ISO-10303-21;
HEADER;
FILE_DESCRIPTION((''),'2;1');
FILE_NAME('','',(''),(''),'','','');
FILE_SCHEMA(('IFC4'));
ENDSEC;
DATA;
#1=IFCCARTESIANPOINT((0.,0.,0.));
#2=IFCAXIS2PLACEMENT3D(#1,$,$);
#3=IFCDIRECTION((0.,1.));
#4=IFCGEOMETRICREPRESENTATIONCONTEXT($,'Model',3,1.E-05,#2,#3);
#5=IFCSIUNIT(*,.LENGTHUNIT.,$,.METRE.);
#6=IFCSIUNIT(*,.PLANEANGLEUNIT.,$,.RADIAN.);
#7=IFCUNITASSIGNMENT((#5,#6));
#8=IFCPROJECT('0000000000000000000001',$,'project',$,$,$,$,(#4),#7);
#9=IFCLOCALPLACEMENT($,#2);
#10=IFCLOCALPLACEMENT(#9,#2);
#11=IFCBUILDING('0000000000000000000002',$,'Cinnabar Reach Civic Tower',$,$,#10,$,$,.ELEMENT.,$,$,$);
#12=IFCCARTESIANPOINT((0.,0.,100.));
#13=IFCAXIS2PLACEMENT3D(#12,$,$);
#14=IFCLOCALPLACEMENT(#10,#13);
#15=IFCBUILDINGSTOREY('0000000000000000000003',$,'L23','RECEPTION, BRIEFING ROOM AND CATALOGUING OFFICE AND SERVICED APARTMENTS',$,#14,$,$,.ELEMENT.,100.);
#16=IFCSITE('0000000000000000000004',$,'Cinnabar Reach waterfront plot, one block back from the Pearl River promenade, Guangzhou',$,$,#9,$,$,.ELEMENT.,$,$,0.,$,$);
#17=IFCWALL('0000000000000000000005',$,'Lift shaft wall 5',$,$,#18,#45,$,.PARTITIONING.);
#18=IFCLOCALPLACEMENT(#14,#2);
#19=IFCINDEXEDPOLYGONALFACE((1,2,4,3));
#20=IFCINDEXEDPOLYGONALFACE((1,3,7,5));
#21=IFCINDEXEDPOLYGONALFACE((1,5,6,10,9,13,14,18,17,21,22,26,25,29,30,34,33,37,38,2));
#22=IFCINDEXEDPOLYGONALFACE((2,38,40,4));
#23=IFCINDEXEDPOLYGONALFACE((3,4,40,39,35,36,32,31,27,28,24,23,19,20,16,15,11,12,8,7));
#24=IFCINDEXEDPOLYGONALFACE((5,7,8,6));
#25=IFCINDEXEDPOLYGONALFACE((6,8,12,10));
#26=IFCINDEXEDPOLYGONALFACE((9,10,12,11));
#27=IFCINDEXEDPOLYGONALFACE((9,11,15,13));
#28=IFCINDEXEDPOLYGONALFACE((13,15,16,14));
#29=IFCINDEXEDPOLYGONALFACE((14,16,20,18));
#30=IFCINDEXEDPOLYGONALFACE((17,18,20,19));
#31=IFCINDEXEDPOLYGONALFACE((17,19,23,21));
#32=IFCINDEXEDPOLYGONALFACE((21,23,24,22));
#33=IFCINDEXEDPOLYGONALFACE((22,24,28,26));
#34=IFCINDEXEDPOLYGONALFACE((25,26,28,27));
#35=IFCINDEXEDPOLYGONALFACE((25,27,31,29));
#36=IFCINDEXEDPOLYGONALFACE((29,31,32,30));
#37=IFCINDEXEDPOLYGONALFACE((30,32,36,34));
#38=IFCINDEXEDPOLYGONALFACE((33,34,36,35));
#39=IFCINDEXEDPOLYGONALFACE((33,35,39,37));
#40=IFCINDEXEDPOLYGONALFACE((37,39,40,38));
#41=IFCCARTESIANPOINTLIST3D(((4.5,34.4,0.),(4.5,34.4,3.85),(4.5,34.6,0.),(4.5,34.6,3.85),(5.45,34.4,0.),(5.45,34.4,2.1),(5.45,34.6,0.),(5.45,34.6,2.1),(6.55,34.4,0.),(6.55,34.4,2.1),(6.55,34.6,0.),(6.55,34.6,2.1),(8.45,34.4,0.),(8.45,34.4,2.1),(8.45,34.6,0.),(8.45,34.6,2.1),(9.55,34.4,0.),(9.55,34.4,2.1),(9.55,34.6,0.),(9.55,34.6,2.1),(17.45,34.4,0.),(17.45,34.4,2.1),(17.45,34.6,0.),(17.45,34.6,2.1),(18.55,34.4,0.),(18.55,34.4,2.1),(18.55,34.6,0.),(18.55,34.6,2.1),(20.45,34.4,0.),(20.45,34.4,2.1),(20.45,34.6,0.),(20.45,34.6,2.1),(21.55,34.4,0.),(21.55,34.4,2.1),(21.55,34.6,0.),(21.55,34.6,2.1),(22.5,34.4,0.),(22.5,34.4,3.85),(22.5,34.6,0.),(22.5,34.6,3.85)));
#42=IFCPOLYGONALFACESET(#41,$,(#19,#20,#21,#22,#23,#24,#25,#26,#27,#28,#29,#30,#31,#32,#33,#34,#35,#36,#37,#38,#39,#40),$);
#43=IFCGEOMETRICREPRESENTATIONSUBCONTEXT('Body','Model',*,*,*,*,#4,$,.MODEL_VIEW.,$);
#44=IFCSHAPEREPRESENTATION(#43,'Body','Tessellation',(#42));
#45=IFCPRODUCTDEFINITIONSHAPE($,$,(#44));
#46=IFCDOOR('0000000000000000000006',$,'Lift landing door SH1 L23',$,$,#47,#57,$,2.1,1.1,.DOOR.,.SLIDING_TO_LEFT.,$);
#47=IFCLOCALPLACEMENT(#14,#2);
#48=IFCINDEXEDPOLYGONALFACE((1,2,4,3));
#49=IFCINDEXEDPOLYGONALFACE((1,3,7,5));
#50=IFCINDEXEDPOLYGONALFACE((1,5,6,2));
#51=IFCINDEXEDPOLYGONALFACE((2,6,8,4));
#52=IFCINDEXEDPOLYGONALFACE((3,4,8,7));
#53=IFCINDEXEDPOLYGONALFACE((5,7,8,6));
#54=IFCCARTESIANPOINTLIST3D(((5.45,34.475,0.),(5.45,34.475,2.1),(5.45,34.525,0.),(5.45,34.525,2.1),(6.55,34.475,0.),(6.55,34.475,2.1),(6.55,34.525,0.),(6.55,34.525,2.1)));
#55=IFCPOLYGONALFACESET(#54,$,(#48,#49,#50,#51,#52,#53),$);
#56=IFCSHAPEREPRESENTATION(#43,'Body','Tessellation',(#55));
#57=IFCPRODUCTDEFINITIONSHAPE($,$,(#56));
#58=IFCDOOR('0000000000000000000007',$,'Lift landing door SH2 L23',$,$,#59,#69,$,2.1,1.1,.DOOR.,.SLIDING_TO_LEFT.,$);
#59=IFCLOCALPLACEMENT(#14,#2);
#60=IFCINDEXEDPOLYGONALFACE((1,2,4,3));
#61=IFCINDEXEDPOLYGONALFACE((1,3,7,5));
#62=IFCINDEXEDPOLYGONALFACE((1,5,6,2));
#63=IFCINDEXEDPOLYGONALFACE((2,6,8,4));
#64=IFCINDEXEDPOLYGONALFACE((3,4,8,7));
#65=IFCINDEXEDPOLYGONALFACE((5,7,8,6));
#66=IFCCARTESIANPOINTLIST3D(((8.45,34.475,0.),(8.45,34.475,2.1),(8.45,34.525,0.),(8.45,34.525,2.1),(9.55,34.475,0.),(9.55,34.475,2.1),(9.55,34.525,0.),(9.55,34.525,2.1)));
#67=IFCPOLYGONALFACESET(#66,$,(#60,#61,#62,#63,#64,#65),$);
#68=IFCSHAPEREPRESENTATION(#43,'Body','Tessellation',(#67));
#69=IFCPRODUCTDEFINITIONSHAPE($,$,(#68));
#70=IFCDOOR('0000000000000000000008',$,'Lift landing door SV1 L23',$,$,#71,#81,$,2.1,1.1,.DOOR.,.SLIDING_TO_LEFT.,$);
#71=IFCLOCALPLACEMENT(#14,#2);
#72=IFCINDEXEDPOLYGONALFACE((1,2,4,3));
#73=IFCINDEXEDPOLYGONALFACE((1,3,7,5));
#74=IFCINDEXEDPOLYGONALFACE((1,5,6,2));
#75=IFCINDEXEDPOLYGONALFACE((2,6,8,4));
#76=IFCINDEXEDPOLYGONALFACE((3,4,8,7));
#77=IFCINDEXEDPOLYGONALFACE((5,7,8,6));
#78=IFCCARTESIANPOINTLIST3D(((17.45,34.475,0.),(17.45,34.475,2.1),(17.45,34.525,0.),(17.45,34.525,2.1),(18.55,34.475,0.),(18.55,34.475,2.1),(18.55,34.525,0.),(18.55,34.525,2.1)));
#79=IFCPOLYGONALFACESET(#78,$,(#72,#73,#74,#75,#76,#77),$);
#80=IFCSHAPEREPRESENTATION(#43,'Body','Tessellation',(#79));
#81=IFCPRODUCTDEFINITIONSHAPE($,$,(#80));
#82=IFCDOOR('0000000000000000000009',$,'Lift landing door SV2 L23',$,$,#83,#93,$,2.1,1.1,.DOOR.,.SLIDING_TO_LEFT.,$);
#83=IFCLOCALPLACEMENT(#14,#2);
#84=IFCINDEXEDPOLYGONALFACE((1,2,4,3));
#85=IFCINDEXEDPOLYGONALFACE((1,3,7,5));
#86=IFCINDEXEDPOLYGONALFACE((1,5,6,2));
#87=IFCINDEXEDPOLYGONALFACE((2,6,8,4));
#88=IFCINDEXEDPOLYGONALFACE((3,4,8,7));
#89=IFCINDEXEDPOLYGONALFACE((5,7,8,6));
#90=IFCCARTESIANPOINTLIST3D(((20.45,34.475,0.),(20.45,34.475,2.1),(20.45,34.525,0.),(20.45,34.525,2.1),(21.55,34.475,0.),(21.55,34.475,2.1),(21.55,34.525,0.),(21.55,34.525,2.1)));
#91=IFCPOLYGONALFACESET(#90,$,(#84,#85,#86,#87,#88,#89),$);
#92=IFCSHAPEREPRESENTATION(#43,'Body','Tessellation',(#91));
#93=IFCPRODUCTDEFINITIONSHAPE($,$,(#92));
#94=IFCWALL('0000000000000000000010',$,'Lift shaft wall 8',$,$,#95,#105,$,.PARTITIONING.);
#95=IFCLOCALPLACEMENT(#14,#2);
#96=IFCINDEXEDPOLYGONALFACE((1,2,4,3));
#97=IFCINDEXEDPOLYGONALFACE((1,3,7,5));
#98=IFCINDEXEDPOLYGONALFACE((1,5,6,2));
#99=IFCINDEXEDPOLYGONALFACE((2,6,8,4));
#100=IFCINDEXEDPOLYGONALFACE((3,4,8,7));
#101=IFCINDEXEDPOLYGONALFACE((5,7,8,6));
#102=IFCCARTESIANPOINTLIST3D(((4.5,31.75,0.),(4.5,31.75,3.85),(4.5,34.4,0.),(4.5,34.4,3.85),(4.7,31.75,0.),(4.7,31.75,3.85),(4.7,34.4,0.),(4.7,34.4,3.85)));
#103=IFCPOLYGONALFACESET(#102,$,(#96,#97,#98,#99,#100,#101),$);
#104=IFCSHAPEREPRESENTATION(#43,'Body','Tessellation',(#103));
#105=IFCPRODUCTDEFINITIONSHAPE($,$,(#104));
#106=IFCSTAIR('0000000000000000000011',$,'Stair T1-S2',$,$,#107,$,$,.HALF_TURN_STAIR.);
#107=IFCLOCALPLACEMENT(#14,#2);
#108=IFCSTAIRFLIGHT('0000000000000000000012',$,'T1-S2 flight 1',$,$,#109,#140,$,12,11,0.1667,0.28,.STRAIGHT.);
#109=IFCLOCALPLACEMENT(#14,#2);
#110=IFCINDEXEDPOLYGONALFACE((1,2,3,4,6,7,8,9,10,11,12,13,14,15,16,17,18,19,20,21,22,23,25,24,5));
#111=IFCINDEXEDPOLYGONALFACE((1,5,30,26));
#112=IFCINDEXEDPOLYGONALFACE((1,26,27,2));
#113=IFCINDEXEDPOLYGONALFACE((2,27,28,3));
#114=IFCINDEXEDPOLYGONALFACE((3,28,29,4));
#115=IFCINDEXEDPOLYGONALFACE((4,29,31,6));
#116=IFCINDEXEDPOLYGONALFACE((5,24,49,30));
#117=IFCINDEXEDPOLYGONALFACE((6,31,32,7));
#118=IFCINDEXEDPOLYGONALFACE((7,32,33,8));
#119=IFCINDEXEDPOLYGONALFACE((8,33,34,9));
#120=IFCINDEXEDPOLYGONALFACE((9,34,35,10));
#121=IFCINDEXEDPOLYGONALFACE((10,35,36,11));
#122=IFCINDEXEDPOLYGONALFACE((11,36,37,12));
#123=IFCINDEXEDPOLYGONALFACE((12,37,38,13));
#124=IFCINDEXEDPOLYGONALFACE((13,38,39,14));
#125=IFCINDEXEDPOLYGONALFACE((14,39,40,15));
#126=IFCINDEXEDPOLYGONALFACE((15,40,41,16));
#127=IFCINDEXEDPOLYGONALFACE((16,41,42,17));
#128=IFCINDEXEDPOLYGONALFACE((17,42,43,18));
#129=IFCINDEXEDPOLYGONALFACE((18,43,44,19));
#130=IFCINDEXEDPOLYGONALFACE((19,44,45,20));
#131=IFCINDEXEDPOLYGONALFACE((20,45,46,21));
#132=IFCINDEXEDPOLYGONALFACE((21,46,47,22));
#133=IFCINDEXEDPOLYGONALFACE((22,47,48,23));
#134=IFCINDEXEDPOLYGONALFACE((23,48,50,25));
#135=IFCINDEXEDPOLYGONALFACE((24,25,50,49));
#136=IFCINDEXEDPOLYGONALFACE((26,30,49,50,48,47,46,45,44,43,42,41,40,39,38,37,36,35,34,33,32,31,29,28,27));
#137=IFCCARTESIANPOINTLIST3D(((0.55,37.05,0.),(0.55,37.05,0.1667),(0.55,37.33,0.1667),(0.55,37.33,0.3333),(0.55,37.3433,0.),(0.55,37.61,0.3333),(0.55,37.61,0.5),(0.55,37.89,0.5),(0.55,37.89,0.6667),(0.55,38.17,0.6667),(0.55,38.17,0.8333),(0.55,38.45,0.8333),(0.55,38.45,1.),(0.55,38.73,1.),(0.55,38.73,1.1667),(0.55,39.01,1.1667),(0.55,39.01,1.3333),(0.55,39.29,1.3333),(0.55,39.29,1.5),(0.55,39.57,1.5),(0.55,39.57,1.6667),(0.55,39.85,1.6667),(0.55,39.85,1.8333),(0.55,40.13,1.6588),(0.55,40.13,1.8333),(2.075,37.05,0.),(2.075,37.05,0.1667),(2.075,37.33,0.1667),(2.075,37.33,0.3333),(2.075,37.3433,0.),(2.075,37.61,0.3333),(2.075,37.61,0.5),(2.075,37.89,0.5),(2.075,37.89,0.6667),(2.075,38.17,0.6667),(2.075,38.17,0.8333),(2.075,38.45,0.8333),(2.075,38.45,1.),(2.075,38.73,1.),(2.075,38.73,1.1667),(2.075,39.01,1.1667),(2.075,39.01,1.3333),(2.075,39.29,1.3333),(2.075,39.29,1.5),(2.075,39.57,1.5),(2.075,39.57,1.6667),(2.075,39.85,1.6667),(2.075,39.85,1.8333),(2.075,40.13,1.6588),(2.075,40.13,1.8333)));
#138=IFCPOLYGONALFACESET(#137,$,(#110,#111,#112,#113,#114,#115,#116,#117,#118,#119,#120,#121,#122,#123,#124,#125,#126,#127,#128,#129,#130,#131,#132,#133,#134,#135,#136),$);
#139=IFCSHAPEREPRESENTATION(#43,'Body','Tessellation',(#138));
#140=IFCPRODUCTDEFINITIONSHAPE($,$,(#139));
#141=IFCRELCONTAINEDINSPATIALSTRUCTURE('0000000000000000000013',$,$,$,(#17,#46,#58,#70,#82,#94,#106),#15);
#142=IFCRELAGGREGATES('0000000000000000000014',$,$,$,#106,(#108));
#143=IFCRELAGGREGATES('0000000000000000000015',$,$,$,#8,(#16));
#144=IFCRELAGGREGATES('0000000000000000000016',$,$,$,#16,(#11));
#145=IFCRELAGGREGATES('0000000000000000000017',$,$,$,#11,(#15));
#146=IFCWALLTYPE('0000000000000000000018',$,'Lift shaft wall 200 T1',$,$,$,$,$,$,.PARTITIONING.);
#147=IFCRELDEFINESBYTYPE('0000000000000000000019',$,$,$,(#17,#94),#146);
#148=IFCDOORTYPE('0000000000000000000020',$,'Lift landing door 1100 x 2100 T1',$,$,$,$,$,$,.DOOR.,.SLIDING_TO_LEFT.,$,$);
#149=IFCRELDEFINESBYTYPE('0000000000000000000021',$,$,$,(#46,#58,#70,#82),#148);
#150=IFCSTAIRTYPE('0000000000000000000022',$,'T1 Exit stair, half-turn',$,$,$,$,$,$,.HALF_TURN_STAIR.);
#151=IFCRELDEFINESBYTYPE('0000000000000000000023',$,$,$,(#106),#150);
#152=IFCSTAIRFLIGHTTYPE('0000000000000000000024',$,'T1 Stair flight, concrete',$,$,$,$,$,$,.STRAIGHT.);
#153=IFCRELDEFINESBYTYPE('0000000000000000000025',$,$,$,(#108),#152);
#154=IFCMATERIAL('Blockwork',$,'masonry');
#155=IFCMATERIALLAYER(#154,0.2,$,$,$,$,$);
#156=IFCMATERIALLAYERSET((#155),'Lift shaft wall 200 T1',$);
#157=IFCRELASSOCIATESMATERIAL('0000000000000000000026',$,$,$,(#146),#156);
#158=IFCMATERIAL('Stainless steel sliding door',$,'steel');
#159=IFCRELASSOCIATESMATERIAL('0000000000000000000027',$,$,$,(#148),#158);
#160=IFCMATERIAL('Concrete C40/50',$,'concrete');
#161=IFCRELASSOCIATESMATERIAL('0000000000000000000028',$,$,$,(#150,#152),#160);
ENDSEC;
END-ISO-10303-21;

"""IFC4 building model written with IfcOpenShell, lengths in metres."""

from ifc_helpers import new_model, si_unit, direction, frame, frame_2d, origin, place, context, subcontext, project, spatial, polyline, rectangle, outline, extrude, material, layer, layer_set, type_object, element, fill, aggregate, save


model = new_model("IFC4")

# Units and contexts
model_context = context("Model", 3, precision=1e-05, world=origin(), true_north=direction((0.0, 1.0)))
body_context = subcontext(model_context, "Body", "Model", "MODEL_VIEW")
ifc_project = project(units=[si_unit("LENGTHUNIT", "METRE"), si_unit("PLANEANGLEUNIT", "RADIAN")], contexts=[model_context])

# Site, building, storey
site_placement = place(None, origin())
site = spatial("IfcSite", under=ifc_project, at=site_placement, Name="Cinnabar Reach waterfront plot, one block back from the Pearl River promenade, Guangzhou", CompositionType="ELEMENT", RefElevation=0.0)
building_placement = place(site_placement, origin())
building = spatial("IfcBuilding", under=site, at=building_placement, Name="Cinnabar Reach Civic Tower", CompositionType="ELEMENT")
storey_placement = place(building_placement, frame((0.0, 0.0, 100.0)))
storey = spatial("IfcBuildingStorey", under=building, at=storey_placement, Name="L23", Description="RECEPTION, BRIEFING ROOM AND CATALOGUING OFFICE AND SERVICED APARTMENTS", CompositionType="ELEMENT", Elevation=100.0)

# Wall, openings, doors
ifc_material_1 = material(Name="Blockwork", Category="masonry")
ifc_layer_1 = layer(ifc_material_1, 0.2)
ifc_layer_set_1 = layer_set([ifc_layer_1], Name="Lift shaft wall 200 T1")
wall_type_1 = type_object("IfcWallType", Name="Lift shaft wall 200 T1", PredefinedType="PARTITIONING", material=ifc_layer_set_1)
wall_1_placement = place(storey_placement, frame((4.5, 34.5, 0.0), z_axis=(0.0, 0.0, 1.0), x_axis=(1.0, 0.0, 0.0)))
wall_1 = element("IfcWall", 1, at=wall_1_placement, inside=storey, type_object=wall_type_1, Name="Lift shaft wall 5", PredefinedType="PARTITIONING", context=body_context, shape_type="SweptSolid", body=[
    extrude(rectangle(XDim=18.0, YDim=0.2, at=frame_2d((9.0, 0.0))), origin(), (0.0, 0.0, 1.0), 3.85),
])
opening_1_placement = place(wall_1_placement, frame((0.95, 0.0, 0.0)))
opening_1 = element("IfcOpeningElement", 2, at=opening_1_placement, cuts=wall_1, PredefinedType="OPENING", context=body_context, shape_type="SweptSolid", body=[
    extrude(rectangle(XDim=1.1, YDim=2.1, at=frame_2d((0.55, 1.05))), frame((0.0, 0.11, 0.0), z_axis=(0.0, -1.0, 0.0), x_axis=(1.0, 0.0, 0.0)), (0.0, 0.0, 1.0), 0.22),
])
opening_2_placement = place(wall_1_placement, frame((3.95, 0.0, 0.0)))
opening_2 = element("IfcOpeningElement", 3, at=opening_2_placement, cuts=wall_1, PredefinedType="OPENING", context=body_context, shape_type="SweptSolid", body=[
    extrude(rectangle(XDim=1.1, YDim=2.1, at=frame_2d((0.55, 1.05))), frame((0.0, 0.11, 0.0), z_axis=(0.0, -1.0, 0.0), x_axis=(1.0, 0.0, 0.0)), (0.0, 0.0, 1.0), 0.22),
])
opening_3_placement = place(wall_1_placement, frame((12.95, 0.0, 0.0)))
opening_3 = element("IfcOpeningElement", 4, at=opening_3_placement, cuts=wall_1, PredefinedType="OPENING", context=body_context, shape_type="SweptSolid", body=[
    extrude(rectangle(XDim=1.1, YDim=2.1, at=frame_2d((0.55, 1.05))), frame((0.0, 0.11, 0.0), z_axis=(0.0, -1.0, 0.0), x_axis=(1.0, 0.0, 0.0)), (0.0, 0.0, 1.0), 0.22),
])
opening_4_placement = place(wall_1_placement, frame((15.95, 0.0, 0.0)))
opening_4 = element("IfcOpeningElement", 5, at=opening_4_placement, cuts=wall_1, PredefinedType="OPENING", context=body_context, shape_type="SweptSolid", body=[
    extrude(rectangle(XDim=1.1, YDim=2.1, at=frame_2d((0.55, 1.05))), frame((0.0, 0.11, 0.0), z_axis=(0.0, -1.0, 0.0), x_axis=(1.0, 0.0, 0.0)), (0.0, 0.0, 1.0), 0.22),
])
ifc_material_2 = material(Name="Stainless steel sliding door", Category="steel")
door_type_1 = type_object("IfcDoorType", Name="Lift landing door 1100 x 2100 T1", OperationType="SLIDING_TO_LEFT", PredefinedType="DOOR", material=ifc_material_2)
door_1_placement = place(opening_1_placement, origin())
door_1 = element("IfcDoor", 6, at=door_1_placement, inside=storey, type_object=door_type_1, Name="Lift landing door SH1 L23", OperationType="SLIDING_TO_LEFT", OverallHeight=2.1, OverallWidth=1.1, PredefinedType="DOOR", context=body_context, shape_type="SweptSolid", body=[
    extrude(rectangle(XDim=1.1, YDim=2.1, at=frame_2d((0.55, 1.05))), frame((0.0, 0.025, 0.0), z_axis=(0.0, -1.0, 0.0), x_axis=(1.0, 0.0, 0.0)), (0.0, 0.0, 1.0), 0.05),
])
fill(opening_1, door_1)
door_2_placement = place(opening_2_placement, origin())
door_2 = element("IfcDoor", 7, at=door_2_placement, inside=storey, type_object=door_type_1, Name="Lift landing door SH2 L23", OperationType="SLIDING_TO_LEFT", OverallHeight=2.1, OverallWidth=1.1, PredefinedType="DOOR", context=body_context, shape_type="SweptSolid", body=[
    extrude(rectangle(XDim=1.1, YDim=2.1, at=frame_2d((0.55, 1.05))), frame((0.0, 0.025, 0.0), z_axis=(0.0, -1.0, 0.0), x_axis=(1.0, 0.0, 0.0)), (0.0, 0.0, 1.0), 0.05),
])
fill(opening_2, door_2)
door_3_placement = place(opening_3_placement, origin())
door_3 = element("IfcDoor", 8, at=door_3_placement, inside=storey, type_object=door_type_1, Name="Lift landing door SV1 L23", OperationType="SLIDING_TO_LEFT", OverallHeight=2.1, OverallWidth=1.1, PredefinedType="DOOR", context=body_context, shape_type="SweptSolid", body=[
    extrude(rectangle(XDim=1.1, YDim=2.1, at=frame_2d((0.55, 1.05))), frame((0.0, 0.025, 0.0), z_axis=(0.0, -1.0, 0.0), x_axis=(1.0, 0.0, 0.0)), (0.0, 0.0, 1.0), 0.05),
])
fill(opening_3, door_3)
door_4_placement = place(opening_4_placement, origin())
door_4 = element("IfcDoor", 9, at=door_4_placement, inside=storey, type_object=door_type_1, Name="Lift landing door SV2 L23", OperationType="SLIDING_TO_LEFT", OverallHeight=2.1, OverallWidth=1.1, PredefinedType="DOOR", context=body_context, shape_type="SweptSolid", body=[
    extrude(rectangle(XDim=1.1, YDim=2.1, at=frame_2d((0.55, 1.05))), frame((0.0, 0.025, 0.0), z_axis=(0.0, -1.0, 0.0), x_axis=(1.0, 0.0, 0.0)), (0.0, 0.0, 1.0), 0.05),
])
fill(opening_4, door_4)

# Wall
wall_2_placement = place(storey_placement, frame((4.6, 31.75, 0.0), z_axis=(0.0, 0.0, 1.0), x_axis=(0.0, 1.0, 0.0)))
element("IfcWall", 10, at=wall_2_placement, inside=storey, type_object=wall_type_1, Name="Lift shaft wall 8", PredefinedType="PARTITIONING", context=body_context, shape_type="SweptSolid", body=[
    extrude(rectangle(XDim=2.65, YDim=0.2, at=frame_2d((1.325, 0.0))), origin(), (0.0, 0.0, 1.0), 3.85),
])

# Stair, stair flight
ifc_material_3 = material(Name="Concrete C40/50", Category="concrete")
stair_type = type_object("IfcStairType", Name="T1 Exit stair, half-turn", PredefinedType="HALF_TURN_STAIR", material=ifc_material_3)
stair_placement = place(storey_placement, origin())
stair = element("IfcStair", 11, at=stair_placement, inside=storey, type_object=stair_type, Name="Stair T1-S2", PredefinedType="HALF_TURN_STAIR")
stair_flight_type = type_object("IfcStairFlightType", Name="T1 Stair flight, concrete", PredefinedType="STRAIGHT", material=ifc_material_3)
stair_flight_placement = place(storey_placement, frame((1.3125, 37.05, 0.0), z_axis=(0.0, 0.0, 1.0), x_axis=(0.0, 1.0, 0.0)))
stair_flight = element("IfcStairFlight", 12, at=stair_flight_placement, type_object=stair_flight_type, Name="T1-S2 flight 1", NumberOfRisers=12, NumberOfTreads=11, PredefinedType="STRAIGHT", RiserHeight=0.1667, TreadLength=0.28, context=body_context, shape_type="SweptSolid", body=[
    extrude(outline(polyline([(0.0, 0.0), (0.0, 0.1667), (0.28, 0.1667), (0.28, 0.3333), (0.56, 0.3333), (0.56, 0.5), (0.84, 0.5), (0.84, 0.6667), (1.12, 0.6667), (1.12, 0.8333), (1.4, 0.8333), (1.4, 1.0), (1.68, 1.0), (1.68, 1.1667), (1.96, 1.1667), (1.96, 1.3333), (2.24, 1.3333), (2.24, 1.5), (2.52, 1.5), (2.52, 1.6667), (2.8, 1.6667), (2.8, 1.8333), (3.08, 1.8333), (3.08, 2.0), (3.08, 1.6588), (0.2933, 0.0), (0.0, 0.0)])), frame((0.0, 0.7625, 0.0), z_axis=(0.0, -1.0, 0.0), x_axis=(1.0, 0.0, 0.0)), (0.0, 0.0, 1.0), 1.525),
])
aggregate(stair, [stair_flight])

save(model, "model.ifc")
